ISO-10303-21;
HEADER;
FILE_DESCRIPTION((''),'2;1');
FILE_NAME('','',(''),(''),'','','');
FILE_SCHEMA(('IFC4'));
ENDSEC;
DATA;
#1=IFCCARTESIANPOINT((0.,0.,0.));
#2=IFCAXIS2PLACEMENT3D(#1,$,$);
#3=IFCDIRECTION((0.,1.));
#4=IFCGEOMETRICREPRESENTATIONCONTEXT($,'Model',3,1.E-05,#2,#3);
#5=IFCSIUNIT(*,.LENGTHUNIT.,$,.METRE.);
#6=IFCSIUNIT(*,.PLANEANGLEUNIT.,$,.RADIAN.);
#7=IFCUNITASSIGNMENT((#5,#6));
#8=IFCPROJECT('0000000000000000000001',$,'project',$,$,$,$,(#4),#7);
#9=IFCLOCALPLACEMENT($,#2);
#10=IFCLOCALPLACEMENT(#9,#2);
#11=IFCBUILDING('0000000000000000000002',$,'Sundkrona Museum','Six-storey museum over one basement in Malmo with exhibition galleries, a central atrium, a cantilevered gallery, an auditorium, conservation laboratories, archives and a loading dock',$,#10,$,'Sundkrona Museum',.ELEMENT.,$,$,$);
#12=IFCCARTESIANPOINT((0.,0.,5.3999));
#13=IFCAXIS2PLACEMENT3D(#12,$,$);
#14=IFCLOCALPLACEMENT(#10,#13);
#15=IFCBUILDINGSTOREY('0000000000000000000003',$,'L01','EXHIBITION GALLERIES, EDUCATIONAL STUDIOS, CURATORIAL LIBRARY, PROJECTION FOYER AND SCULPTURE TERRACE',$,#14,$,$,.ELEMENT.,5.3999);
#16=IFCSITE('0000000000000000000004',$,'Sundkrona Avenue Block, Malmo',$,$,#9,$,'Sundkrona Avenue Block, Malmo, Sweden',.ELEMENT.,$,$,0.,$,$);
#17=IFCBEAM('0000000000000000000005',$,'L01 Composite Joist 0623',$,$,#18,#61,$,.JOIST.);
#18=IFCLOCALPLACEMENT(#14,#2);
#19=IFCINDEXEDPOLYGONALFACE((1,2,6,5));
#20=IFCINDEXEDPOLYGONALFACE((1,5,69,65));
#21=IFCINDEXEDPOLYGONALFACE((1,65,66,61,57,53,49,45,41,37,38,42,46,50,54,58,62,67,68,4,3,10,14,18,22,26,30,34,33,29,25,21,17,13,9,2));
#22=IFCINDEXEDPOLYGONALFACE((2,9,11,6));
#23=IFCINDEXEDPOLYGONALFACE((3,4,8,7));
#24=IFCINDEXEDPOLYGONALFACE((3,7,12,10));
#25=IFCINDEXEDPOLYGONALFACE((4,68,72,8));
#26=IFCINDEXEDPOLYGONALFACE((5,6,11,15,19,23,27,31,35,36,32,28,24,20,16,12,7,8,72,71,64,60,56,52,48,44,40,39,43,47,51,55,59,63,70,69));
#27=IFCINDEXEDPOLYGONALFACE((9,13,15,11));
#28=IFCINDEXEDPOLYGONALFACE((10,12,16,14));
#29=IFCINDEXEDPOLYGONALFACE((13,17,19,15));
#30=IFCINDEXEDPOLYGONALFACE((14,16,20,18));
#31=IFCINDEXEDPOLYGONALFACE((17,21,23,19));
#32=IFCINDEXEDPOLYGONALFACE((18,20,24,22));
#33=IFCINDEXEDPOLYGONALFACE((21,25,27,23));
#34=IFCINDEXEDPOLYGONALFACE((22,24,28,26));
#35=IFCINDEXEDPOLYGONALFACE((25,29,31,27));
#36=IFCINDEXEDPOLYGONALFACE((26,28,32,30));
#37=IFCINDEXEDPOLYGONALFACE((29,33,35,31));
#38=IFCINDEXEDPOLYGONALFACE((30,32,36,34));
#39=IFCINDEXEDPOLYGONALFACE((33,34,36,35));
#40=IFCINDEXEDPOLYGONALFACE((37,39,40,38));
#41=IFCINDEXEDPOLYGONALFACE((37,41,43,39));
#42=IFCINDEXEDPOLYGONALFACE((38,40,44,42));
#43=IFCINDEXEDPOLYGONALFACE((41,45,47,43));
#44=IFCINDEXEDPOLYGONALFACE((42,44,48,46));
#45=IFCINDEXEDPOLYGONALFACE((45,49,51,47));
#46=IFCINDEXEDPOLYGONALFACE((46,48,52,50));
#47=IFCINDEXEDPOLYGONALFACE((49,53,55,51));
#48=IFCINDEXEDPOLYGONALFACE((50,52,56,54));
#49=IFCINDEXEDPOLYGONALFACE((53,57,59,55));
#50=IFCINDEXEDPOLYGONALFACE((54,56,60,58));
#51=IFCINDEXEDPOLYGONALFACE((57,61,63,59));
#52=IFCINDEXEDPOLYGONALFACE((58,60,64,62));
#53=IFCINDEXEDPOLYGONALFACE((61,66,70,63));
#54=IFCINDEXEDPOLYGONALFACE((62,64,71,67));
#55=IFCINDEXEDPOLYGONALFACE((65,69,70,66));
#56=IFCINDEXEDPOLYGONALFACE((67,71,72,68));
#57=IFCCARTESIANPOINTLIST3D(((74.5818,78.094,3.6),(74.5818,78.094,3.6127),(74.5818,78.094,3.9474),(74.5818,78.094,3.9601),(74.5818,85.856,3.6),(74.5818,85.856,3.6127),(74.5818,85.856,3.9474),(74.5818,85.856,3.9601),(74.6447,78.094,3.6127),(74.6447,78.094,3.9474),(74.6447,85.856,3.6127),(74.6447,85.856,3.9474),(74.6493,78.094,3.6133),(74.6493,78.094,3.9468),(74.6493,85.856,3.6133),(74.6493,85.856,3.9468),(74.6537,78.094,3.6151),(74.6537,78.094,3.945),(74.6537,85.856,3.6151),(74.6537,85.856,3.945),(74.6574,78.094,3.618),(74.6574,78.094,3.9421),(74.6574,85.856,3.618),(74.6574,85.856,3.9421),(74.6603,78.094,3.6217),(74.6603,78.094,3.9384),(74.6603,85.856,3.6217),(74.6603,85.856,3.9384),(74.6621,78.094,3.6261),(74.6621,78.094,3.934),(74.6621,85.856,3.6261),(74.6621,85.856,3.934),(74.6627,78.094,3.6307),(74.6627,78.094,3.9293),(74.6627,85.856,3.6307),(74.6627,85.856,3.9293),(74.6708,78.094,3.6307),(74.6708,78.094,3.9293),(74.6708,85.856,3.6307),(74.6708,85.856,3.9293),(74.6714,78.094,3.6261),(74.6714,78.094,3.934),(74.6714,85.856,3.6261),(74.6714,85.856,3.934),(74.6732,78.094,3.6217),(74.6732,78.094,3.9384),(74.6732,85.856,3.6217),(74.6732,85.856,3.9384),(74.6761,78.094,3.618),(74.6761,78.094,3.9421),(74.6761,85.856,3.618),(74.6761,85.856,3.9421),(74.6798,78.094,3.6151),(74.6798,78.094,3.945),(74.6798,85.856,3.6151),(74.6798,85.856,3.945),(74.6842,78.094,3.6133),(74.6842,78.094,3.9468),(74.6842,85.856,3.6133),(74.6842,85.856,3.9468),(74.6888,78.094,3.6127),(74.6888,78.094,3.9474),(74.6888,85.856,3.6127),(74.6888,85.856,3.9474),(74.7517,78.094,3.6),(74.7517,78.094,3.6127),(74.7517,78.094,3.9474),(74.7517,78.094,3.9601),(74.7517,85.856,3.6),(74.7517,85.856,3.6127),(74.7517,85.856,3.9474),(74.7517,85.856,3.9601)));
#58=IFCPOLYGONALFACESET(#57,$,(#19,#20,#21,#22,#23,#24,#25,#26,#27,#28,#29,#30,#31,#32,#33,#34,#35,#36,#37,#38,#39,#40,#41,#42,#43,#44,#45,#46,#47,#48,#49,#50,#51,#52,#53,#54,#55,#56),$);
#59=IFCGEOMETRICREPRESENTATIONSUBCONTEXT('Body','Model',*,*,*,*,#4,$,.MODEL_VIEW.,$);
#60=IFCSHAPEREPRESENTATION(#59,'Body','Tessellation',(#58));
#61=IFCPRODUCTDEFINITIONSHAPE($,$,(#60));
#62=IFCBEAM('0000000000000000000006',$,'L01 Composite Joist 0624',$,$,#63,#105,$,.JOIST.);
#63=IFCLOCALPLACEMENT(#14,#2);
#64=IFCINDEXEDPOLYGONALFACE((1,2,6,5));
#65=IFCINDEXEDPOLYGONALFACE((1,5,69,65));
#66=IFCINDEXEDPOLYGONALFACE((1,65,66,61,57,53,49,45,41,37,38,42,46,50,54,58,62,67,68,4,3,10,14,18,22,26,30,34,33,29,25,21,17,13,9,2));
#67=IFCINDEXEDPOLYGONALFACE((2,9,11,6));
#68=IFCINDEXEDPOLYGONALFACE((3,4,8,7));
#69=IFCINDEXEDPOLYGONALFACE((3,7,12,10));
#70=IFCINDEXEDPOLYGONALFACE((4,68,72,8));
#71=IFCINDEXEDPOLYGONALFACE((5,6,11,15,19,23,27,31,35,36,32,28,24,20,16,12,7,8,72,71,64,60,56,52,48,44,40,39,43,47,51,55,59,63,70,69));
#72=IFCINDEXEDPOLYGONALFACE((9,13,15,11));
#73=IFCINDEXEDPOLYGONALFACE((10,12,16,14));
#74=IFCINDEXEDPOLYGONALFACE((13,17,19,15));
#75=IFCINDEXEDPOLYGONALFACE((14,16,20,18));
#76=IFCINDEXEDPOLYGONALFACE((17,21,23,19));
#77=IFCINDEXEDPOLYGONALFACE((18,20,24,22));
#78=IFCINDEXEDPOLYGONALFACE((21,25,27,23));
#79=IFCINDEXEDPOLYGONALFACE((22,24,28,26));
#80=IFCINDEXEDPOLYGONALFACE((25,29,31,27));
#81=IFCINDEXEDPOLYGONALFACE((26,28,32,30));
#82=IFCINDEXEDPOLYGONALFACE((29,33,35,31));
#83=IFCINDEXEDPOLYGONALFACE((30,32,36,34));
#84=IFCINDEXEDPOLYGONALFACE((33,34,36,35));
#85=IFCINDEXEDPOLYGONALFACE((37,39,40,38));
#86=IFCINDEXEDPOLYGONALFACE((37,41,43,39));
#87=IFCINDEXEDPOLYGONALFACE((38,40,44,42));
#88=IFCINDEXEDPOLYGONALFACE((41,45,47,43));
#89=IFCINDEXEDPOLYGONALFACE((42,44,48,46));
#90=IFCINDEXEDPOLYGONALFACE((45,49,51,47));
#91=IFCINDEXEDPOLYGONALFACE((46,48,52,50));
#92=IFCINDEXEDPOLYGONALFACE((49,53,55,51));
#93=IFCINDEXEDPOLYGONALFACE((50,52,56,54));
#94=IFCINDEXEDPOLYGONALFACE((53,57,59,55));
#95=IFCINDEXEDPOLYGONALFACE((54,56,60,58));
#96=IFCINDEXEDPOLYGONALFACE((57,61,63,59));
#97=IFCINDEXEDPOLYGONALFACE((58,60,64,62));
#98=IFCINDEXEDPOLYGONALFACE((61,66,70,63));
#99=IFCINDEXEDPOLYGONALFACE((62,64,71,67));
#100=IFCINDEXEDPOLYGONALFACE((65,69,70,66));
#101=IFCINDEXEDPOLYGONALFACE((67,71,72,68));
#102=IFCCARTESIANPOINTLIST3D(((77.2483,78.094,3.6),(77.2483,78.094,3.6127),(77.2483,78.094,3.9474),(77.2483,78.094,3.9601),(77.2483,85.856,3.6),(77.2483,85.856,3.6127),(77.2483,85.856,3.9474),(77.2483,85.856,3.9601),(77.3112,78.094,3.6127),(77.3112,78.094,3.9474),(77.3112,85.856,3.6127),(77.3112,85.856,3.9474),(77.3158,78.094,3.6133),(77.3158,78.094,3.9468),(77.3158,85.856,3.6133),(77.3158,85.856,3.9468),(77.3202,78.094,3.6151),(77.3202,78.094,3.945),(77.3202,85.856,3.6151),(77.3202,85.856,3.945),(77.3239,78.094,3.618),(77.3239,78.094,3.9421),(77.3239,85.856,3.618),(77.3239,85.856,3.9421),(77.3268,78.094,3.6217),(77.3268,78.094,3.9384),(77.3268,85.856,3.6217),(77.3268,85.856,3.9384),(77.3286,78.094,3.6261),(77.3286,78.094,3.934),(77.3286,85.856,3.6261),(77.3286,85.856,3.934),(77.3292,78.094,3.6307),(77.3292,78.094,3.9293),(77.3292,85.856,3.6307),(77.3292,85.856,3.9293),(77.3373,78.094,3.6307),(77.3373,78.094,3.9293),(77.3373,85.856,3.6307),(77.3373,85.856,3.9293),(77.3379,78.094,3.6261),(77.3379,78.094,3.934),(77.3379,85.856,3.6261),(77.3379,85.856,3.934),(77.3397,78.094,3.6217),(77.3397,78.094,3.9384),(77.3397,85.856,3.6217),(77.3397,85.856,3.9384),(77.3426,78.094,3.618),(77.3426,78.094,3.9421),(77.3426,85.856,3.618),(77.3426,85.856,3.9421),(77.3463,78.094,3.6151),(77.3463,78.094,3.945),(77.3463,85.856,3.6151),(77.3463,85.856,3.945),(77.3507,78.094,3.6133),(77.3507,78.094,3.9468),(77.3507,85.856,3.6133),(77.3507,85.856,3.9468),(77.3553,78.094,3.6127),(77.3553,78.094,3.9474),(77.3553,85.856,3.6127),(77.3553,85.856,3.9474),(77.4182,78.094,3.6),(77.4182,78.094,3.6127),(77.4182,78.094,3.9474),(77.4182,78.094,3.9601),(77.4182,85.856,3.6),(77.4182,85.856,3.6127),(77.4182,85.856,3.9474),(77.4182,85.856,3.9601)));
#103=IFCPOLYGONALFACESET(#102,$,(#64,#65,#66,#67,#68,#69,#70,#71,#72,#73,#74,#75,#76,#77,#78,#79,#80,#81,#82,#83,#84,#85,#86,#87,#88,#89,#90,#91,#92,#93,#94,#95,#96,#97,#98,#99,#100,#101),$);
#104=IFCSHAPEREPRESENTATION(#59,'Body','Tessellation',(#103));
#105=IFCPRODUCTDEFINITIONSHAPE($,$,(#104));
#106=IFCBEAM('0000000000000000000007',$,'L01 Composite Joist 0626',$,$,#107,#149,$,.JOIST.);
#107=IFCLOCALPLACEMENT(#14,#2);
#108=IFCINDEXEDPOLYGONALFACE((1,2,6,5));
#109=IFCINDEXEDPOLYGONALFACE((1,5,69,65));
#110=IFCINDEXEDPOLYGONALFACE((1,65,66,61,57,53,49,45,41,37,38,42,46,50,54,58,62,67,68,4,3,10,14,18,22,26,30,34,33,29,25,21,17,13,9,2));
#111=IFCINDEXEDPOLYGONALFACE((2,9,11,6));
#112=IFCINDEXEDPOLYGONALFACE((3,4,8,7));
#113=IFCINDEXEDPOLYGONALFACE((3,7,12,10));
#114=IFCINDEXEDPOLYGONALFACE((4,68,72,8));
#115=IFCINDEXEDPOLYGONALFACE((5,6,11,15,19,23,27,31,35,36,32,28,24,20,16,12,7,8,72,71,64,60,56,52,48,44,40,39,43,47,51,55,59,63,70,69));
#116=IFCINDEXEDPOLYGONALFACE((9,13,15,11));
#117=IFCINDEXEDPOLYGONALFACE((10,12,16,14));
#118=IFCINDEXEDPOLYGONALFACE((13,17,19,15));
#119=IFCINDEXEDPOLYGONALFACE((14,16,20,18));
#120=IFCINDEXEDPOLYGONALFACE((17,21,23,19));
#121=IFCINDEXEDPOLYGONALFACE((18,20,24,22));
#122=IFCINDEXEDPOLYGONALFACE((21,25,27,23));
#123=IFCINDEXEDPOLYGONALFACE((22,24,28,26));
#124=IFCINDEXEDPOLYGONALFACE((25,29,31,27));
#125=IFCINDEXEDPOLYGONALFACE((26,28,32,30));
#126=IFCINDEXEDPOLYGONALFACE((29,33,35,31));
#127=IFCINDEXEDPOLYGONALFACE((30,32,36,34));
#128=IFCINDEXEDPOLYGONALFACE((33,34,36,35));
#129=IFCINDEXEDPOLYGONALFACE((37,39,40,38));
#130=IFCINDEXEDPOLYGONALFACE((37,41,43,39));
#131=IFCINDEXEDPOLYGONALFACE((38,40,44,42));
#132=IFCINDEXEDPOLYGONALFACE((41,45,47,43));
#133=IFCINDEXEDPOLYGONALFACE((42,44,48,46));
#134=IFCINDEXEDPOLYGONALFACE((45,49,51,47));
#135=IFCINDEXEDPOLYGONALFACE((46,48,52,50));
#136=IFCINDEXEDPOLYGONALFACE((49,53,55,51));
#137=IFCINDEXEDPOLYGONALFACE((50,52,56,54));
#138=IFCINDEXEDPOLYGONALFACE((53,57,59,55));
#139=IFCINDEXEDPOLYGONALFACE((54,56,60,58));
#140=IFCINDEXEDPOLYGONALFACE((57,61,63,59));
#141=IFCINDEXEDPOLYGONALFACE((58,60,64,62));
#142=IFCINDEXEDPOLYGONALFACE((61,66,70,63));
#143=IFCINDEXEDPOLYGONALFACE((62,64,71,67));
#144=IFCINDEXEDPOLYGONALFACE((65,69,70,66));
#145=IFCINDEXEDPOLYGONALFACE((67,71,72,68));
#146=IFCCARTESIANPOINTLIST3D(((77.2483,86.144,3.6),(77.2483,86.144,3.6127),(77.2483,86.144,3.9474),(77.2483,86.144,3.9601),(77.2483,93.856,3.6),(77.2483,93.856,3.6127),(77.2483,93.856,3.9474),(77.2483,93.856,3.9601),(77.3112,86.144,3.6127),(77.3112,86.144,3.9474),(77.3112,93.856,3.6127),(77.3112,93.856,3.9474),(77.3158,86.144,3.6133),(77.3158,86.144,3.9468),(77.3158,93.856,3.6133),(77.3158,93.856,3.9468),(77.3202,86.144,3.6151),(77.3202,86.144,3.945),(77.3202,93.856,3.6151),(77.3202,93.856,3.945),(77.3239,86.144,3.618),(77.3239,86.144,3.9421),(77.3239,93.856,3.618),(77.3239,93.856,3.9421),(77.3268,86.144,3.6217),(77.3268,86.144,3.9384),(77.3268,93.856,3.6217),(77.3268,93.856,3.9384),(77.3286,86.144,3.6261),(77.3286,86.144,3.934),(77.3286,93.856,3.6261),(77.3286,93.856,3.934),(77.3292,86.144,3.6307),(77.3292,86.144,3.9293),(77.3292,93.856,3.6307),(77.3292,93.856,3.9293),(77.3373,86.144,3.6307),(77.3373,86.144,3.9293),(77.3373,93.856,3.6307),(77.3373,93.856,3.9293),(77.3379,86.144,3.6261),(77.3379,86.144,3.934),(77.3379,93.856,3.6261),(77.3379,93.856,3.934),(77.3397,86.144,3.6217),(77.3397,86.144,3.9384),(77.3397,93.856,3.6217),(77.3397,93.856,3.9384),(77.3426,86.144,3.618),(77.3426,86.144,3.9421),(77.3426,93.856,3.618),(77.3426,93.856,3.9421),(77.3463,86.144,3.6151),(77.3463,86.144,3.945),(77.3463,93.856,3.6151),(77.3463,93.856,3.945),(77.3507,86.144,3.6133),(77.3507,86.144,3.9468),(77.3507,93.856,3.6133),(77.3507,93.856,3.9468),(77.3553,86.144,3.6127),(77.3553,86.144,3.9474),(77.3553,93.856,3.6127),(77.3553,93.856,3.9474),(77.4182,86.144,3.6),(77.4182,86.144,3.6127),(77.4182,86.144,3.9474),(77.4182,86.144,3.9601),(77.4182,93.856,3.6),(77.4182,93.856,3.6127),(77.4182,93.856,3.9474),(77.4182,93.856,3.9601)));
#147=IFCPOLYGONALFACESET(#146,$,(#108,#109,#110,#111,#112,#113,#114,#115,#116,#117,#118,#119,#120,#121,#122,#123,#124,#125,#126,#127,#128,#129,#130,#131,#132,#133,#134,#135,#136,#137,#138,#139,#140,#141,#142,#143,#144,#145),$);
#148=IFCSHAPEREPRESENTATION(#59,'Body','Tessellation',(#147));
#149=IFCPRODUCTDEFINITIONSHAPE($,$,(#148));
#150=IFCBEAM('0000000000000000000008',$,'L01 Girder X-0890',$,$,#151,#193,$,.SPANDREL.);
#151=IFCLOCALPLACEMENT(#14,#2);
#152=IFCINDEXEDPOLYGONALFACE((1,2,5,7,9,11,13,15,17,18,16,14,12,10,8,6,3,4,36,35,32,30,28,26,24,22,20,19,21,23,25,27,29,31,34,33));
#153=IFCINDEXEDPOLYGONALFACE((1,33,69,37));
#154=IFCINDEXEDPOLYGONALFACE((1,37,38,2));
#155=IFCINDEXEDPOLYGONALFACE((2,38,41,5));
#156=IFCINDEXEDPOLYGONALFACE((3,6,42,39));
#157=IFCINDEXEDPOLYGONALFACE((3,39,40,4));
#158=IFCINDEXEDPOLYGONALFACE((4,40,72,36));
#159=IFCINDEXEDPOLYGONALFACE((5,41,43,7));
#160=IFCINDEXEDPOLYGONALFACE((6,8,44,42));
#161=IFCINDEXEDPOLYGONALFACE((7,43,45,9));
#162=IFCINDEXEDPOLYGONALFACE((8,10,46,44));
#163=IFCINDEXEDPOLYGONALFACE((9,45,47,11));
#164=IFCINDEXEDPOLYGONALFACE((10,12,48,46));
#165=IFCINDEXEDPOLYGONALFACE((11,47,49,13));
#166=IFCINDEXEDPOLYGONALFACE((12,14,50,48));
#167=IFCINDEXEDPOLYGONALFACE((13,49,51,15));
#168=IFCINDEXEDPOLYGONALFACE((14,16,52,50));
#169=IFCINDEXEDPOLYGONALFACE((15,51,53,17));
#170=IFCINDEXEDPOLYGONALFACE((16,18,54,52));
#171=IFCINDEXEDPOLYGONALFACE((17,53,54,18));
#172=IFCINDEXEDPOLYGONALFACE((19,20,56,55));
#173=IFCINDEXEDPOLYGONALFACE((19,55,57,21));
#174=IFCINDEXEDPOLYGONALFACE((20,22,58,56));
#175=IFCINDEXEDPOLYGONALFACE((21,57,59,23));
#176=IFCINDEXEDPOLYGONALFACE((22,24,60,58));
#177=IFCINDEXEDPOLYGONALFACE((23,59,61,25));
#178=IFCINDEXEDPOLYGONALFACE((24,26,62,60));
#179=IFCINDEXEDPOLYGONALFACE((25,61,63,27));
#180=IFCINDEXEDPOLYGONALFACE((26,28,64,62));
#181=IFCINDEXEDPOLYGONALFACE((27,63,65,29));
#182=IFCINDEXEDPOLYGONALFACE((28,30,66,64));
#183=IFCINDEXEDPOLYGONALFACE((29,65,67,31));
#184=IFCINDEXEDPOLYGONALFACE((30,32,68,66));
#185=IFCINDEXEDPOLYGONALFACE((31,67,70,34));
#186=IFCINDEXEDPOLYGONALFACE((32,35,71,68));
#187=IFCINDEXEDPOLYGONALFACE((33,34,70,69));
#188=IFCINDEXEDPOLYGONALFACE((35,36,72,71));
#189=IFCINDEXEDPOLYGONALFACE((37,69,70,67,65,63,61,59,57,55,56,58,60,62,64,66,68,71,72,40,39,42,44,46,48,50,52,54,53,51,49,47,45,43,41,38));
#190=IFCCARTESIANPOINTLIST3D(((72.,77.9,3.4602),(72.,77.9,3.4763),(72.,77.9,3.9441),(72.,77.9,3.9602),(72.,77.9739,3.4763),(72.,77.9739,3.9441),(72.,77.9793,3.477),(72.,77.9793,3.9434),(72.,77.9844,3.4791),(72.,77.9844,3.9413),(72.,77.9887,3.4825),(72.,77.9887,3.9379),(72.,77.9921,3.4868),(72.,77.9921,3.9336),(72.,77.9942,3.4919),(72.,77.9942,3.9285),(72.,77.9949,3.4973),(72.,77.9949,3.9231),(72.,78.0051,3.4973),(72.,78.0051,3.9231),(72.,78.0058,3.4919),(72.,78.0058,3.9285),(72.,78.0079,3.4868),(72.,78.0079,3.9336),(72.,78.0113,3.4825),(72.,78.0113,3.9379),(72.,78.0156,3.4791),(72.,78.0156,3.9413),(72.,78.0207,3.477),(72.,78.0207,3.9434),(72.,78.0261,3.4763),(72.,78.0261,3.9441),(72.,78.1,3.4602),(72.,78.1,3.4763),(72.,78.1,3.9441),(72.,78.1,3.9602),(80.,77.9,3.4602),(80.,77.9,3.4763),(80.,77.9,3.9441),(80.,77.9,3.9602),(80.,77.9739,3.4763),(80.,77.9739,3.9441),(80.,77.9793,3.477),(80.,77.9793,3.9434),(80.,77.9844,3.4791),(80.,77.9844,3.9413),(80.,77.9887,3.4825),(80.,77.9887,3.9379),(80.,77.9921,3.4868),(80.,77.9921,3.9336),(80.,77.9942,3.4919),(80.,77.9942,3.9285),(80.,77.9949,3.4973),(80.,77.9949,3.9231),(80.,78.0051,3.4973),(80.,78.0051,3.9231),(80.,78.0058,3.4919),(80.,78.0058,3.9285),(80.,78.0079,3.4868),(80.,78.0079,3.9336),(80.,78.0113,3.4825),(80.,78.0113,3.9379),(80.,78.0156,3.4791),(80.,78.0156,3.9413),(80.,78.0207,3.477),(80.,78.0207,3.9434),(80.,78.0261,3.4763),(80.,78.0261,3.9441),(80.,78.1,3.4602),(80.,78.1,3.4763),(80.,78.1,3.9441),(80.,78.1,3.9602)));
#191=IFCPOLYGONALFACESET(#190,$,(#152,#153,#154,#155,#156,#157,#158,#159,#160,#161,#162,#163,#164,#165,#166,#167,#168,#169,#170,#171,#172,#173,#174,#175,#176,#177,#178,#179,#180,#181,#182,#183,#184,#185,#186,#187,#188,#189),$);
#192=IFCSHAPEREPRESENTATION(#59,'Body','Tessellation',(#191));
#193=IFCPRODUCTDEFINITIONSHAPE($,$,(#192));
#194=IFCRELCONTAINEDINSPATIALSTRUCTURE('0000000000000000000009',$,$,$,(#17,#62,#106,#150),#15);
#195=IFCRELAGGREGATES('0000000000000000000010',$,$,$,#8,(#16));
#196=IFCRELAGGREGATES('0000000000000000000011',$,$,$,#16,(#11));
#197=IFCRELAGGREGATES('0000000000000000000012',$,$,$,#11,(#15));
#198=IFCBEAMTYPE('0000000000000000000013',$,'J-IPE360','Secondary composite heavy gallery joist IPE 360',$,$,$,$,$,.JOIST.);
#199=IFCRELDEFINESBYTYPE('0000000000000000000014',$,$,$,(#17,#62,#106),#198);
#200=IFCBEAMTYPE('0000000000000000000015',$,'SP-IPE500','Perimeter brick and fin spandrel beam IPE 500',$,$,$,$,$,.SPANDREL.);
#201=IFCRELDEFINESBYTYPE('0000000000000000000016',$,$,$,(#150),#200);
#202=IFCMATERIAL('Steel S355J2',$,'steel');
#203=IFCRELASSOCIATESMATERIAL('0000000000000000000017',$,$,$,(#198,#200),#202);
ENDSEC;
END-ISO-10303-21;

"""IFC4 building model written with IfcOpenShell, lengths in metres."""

from ifc_helpers import new_model, si_unit, direction, frame, origin, origin_2d, place, context, subcontext, project, spatial, i_section, extrude, material, material_profile, profile_set, type_object, element, save


model = new_model("IFC4")

# Units and contexts
model_context = context("Model", 3, precision=1e-05, world=origin(), true_north=direction((0.0, 1.0)))
body_context = subcontext(model_context, "Body", "Model", "MODEL_VIEW")
ifc_project = project(units=[si_unit("LENGTHUNIT", "METRE"), si_unit("PLANEANGLEUNIT", "RADIAN")], contexts=[model_context])

# Site, building, storey
site_placement = place(None, origin())
site = spatial("IfcSite", under=ifc_project, at=site_placement, Name="Sundkrona Avenue Block, Malmo", LongName="Sundkrona Avenue Block, Malmo, Sweden", CompositionType="ELEMENT", RefElevation=0.0)
building_placement = place(site_placement, origin())
building = spatial("IfcBuilding", under=site, at=building_placement, Name="Sundkrona Museum", Description="Six-storey museum over one basement in Malmo with exhibition galleries, a central atrium, a cantilevered gallery, an auditorium, conservation laboratories, archives and a loading dock", LongName="Sundkrona Museum", CompositionType="ELEMENT")
storey_placement = place(building_placement, frame((0.0, 0.0, 5.3999)))
storey = spatial("IfcBuildingStorey", under=building, at=storey_placement, Name="L01", Description="EXHIBITION GALLERIES, EDUCATIONAL STUDIOS, CURATORIAL LIBRARY, PROJECTION FOYER AND SCULPTURE TERRACE", CompositionType="ELEMENT", Elevation=5.3999)

# Shared definitions
ifc_material_1 = material(Name="Steel S355J2", Category="steel")

# Beams
ifc_material_profile_1 = material_profile(ifc_material_1, i_section(OverallWidth=0.1699, OverallDepth=0.3601, WebThickness=0.0081, FlangeThickness=0.0127, FilletRadius=0.0181, at=origin_2d()), Name="IPE 360")
ifc_profile_set_1 = profile_set([ifc_material_profile_1], Name="Steel S355J2")
beam_type_1 = type_object("IfcBeamType", Name="J-IPE360", Description="Secondary composite heavy gallery joist IPE 360", PredefinedType="JOIST", material=ifc_profile_set_1)
for number, where, z_axis, x_axis, name in (
    (1, (74.6667, 78.094, 3.78), (0.0, 1.0, 0.0), (-1.0, 0.0, 0.0), "L01 Composite Joist 0623"),
    (2, (77.3333, 78.094, 3.78), (0.0, 1.0, 0.0), (-1.0, 0.0, 0.0), "L01 Composite Joist 0624"),
):
    element("IfcBeam", number, at=place(storey_placement, frame(where, z_axis=z_axis, x_axis=x_axis)), inside=storey, type_object=beam_type_1, Name=name, PredefinedType="JOIST", context=body_context, shape_type="SweptSolid", body=[
        extrude(i_section(OverallWidth=0.1699, OverallDepth=0.3601, WebThickness=0.0081, FlangeThickness=0.0127, FilletRadius=0.0181, at=origin_2d()), origin(), (0.0, 0.0, 1.0), 7.762),
    ])
beam_1_placement = place(storey_placement, frame((77.3333, 86.144, 3.78), z_axis=(0.0, 1.0, 0.0), x_axis=(-1.0, 0.0, 0.0)))
element("IfcBeam", 3, at=beam_1_placement, inside=storey, type_object=beam_type_1, Name="L01 Composite Joist 0626", PredefinedType="JOIST", context=body_context, shape_type="SweptSolid", body=[
    extrude(i_section(OverallWidth=0.1699, OverallDepth=0.3601, WebThickness=0.0081, FlangeThickness=0.0127, FilletRadius=0.0181, at=origin_2d()), origin(), (0.0, 0.0, 1.0), 7.7119),
])
ifc_material_profile_2 = material_profile(ifc_material_1, i_section(OverallWidth=0.2, OverallDepth=0.5, WebThickness=0.0103, FlangeThickness=0.0161, FilletRadius=0.021, at=origin_2d()), Name="IPE 500")
ifc_profile_set_2 = profile_set([ifc_material_profile_2], Name="Steel S355J2")
beam_type_2 = type_object("IfcBeamType", Name="SP-IPE500", Description="Perimeter brick and fin spandrel beam IPE 500", PredefinedType="SPANDREL", material=ifc_profile_set_2)
beam_2_placement = place(storey_placement, frame((72.0, 78.0, 3.7102), z_axis=(1.0, 0.0, 0.0), x_axis=(0.0, 1.0, 0.0)))
element("IfcBeam", 4, at=beam_2_placement, inside=storey, type_object=beam_type_2, Name="L01 Girder X-0890", PredefinedType="SPANDREL", context=body_context, shape_type="SweptSolid", body=[
    extrude(i_section(OverallWidth=0.2, OverallDepth=0.5, WebThickness=0.0103, FlangeThickness=0.0161, FilletRadius=0.021, at=origin_2d()), origin(), (0.0, 0.0, 1.0), 8.0),
])

save(model, "model.ifc")
